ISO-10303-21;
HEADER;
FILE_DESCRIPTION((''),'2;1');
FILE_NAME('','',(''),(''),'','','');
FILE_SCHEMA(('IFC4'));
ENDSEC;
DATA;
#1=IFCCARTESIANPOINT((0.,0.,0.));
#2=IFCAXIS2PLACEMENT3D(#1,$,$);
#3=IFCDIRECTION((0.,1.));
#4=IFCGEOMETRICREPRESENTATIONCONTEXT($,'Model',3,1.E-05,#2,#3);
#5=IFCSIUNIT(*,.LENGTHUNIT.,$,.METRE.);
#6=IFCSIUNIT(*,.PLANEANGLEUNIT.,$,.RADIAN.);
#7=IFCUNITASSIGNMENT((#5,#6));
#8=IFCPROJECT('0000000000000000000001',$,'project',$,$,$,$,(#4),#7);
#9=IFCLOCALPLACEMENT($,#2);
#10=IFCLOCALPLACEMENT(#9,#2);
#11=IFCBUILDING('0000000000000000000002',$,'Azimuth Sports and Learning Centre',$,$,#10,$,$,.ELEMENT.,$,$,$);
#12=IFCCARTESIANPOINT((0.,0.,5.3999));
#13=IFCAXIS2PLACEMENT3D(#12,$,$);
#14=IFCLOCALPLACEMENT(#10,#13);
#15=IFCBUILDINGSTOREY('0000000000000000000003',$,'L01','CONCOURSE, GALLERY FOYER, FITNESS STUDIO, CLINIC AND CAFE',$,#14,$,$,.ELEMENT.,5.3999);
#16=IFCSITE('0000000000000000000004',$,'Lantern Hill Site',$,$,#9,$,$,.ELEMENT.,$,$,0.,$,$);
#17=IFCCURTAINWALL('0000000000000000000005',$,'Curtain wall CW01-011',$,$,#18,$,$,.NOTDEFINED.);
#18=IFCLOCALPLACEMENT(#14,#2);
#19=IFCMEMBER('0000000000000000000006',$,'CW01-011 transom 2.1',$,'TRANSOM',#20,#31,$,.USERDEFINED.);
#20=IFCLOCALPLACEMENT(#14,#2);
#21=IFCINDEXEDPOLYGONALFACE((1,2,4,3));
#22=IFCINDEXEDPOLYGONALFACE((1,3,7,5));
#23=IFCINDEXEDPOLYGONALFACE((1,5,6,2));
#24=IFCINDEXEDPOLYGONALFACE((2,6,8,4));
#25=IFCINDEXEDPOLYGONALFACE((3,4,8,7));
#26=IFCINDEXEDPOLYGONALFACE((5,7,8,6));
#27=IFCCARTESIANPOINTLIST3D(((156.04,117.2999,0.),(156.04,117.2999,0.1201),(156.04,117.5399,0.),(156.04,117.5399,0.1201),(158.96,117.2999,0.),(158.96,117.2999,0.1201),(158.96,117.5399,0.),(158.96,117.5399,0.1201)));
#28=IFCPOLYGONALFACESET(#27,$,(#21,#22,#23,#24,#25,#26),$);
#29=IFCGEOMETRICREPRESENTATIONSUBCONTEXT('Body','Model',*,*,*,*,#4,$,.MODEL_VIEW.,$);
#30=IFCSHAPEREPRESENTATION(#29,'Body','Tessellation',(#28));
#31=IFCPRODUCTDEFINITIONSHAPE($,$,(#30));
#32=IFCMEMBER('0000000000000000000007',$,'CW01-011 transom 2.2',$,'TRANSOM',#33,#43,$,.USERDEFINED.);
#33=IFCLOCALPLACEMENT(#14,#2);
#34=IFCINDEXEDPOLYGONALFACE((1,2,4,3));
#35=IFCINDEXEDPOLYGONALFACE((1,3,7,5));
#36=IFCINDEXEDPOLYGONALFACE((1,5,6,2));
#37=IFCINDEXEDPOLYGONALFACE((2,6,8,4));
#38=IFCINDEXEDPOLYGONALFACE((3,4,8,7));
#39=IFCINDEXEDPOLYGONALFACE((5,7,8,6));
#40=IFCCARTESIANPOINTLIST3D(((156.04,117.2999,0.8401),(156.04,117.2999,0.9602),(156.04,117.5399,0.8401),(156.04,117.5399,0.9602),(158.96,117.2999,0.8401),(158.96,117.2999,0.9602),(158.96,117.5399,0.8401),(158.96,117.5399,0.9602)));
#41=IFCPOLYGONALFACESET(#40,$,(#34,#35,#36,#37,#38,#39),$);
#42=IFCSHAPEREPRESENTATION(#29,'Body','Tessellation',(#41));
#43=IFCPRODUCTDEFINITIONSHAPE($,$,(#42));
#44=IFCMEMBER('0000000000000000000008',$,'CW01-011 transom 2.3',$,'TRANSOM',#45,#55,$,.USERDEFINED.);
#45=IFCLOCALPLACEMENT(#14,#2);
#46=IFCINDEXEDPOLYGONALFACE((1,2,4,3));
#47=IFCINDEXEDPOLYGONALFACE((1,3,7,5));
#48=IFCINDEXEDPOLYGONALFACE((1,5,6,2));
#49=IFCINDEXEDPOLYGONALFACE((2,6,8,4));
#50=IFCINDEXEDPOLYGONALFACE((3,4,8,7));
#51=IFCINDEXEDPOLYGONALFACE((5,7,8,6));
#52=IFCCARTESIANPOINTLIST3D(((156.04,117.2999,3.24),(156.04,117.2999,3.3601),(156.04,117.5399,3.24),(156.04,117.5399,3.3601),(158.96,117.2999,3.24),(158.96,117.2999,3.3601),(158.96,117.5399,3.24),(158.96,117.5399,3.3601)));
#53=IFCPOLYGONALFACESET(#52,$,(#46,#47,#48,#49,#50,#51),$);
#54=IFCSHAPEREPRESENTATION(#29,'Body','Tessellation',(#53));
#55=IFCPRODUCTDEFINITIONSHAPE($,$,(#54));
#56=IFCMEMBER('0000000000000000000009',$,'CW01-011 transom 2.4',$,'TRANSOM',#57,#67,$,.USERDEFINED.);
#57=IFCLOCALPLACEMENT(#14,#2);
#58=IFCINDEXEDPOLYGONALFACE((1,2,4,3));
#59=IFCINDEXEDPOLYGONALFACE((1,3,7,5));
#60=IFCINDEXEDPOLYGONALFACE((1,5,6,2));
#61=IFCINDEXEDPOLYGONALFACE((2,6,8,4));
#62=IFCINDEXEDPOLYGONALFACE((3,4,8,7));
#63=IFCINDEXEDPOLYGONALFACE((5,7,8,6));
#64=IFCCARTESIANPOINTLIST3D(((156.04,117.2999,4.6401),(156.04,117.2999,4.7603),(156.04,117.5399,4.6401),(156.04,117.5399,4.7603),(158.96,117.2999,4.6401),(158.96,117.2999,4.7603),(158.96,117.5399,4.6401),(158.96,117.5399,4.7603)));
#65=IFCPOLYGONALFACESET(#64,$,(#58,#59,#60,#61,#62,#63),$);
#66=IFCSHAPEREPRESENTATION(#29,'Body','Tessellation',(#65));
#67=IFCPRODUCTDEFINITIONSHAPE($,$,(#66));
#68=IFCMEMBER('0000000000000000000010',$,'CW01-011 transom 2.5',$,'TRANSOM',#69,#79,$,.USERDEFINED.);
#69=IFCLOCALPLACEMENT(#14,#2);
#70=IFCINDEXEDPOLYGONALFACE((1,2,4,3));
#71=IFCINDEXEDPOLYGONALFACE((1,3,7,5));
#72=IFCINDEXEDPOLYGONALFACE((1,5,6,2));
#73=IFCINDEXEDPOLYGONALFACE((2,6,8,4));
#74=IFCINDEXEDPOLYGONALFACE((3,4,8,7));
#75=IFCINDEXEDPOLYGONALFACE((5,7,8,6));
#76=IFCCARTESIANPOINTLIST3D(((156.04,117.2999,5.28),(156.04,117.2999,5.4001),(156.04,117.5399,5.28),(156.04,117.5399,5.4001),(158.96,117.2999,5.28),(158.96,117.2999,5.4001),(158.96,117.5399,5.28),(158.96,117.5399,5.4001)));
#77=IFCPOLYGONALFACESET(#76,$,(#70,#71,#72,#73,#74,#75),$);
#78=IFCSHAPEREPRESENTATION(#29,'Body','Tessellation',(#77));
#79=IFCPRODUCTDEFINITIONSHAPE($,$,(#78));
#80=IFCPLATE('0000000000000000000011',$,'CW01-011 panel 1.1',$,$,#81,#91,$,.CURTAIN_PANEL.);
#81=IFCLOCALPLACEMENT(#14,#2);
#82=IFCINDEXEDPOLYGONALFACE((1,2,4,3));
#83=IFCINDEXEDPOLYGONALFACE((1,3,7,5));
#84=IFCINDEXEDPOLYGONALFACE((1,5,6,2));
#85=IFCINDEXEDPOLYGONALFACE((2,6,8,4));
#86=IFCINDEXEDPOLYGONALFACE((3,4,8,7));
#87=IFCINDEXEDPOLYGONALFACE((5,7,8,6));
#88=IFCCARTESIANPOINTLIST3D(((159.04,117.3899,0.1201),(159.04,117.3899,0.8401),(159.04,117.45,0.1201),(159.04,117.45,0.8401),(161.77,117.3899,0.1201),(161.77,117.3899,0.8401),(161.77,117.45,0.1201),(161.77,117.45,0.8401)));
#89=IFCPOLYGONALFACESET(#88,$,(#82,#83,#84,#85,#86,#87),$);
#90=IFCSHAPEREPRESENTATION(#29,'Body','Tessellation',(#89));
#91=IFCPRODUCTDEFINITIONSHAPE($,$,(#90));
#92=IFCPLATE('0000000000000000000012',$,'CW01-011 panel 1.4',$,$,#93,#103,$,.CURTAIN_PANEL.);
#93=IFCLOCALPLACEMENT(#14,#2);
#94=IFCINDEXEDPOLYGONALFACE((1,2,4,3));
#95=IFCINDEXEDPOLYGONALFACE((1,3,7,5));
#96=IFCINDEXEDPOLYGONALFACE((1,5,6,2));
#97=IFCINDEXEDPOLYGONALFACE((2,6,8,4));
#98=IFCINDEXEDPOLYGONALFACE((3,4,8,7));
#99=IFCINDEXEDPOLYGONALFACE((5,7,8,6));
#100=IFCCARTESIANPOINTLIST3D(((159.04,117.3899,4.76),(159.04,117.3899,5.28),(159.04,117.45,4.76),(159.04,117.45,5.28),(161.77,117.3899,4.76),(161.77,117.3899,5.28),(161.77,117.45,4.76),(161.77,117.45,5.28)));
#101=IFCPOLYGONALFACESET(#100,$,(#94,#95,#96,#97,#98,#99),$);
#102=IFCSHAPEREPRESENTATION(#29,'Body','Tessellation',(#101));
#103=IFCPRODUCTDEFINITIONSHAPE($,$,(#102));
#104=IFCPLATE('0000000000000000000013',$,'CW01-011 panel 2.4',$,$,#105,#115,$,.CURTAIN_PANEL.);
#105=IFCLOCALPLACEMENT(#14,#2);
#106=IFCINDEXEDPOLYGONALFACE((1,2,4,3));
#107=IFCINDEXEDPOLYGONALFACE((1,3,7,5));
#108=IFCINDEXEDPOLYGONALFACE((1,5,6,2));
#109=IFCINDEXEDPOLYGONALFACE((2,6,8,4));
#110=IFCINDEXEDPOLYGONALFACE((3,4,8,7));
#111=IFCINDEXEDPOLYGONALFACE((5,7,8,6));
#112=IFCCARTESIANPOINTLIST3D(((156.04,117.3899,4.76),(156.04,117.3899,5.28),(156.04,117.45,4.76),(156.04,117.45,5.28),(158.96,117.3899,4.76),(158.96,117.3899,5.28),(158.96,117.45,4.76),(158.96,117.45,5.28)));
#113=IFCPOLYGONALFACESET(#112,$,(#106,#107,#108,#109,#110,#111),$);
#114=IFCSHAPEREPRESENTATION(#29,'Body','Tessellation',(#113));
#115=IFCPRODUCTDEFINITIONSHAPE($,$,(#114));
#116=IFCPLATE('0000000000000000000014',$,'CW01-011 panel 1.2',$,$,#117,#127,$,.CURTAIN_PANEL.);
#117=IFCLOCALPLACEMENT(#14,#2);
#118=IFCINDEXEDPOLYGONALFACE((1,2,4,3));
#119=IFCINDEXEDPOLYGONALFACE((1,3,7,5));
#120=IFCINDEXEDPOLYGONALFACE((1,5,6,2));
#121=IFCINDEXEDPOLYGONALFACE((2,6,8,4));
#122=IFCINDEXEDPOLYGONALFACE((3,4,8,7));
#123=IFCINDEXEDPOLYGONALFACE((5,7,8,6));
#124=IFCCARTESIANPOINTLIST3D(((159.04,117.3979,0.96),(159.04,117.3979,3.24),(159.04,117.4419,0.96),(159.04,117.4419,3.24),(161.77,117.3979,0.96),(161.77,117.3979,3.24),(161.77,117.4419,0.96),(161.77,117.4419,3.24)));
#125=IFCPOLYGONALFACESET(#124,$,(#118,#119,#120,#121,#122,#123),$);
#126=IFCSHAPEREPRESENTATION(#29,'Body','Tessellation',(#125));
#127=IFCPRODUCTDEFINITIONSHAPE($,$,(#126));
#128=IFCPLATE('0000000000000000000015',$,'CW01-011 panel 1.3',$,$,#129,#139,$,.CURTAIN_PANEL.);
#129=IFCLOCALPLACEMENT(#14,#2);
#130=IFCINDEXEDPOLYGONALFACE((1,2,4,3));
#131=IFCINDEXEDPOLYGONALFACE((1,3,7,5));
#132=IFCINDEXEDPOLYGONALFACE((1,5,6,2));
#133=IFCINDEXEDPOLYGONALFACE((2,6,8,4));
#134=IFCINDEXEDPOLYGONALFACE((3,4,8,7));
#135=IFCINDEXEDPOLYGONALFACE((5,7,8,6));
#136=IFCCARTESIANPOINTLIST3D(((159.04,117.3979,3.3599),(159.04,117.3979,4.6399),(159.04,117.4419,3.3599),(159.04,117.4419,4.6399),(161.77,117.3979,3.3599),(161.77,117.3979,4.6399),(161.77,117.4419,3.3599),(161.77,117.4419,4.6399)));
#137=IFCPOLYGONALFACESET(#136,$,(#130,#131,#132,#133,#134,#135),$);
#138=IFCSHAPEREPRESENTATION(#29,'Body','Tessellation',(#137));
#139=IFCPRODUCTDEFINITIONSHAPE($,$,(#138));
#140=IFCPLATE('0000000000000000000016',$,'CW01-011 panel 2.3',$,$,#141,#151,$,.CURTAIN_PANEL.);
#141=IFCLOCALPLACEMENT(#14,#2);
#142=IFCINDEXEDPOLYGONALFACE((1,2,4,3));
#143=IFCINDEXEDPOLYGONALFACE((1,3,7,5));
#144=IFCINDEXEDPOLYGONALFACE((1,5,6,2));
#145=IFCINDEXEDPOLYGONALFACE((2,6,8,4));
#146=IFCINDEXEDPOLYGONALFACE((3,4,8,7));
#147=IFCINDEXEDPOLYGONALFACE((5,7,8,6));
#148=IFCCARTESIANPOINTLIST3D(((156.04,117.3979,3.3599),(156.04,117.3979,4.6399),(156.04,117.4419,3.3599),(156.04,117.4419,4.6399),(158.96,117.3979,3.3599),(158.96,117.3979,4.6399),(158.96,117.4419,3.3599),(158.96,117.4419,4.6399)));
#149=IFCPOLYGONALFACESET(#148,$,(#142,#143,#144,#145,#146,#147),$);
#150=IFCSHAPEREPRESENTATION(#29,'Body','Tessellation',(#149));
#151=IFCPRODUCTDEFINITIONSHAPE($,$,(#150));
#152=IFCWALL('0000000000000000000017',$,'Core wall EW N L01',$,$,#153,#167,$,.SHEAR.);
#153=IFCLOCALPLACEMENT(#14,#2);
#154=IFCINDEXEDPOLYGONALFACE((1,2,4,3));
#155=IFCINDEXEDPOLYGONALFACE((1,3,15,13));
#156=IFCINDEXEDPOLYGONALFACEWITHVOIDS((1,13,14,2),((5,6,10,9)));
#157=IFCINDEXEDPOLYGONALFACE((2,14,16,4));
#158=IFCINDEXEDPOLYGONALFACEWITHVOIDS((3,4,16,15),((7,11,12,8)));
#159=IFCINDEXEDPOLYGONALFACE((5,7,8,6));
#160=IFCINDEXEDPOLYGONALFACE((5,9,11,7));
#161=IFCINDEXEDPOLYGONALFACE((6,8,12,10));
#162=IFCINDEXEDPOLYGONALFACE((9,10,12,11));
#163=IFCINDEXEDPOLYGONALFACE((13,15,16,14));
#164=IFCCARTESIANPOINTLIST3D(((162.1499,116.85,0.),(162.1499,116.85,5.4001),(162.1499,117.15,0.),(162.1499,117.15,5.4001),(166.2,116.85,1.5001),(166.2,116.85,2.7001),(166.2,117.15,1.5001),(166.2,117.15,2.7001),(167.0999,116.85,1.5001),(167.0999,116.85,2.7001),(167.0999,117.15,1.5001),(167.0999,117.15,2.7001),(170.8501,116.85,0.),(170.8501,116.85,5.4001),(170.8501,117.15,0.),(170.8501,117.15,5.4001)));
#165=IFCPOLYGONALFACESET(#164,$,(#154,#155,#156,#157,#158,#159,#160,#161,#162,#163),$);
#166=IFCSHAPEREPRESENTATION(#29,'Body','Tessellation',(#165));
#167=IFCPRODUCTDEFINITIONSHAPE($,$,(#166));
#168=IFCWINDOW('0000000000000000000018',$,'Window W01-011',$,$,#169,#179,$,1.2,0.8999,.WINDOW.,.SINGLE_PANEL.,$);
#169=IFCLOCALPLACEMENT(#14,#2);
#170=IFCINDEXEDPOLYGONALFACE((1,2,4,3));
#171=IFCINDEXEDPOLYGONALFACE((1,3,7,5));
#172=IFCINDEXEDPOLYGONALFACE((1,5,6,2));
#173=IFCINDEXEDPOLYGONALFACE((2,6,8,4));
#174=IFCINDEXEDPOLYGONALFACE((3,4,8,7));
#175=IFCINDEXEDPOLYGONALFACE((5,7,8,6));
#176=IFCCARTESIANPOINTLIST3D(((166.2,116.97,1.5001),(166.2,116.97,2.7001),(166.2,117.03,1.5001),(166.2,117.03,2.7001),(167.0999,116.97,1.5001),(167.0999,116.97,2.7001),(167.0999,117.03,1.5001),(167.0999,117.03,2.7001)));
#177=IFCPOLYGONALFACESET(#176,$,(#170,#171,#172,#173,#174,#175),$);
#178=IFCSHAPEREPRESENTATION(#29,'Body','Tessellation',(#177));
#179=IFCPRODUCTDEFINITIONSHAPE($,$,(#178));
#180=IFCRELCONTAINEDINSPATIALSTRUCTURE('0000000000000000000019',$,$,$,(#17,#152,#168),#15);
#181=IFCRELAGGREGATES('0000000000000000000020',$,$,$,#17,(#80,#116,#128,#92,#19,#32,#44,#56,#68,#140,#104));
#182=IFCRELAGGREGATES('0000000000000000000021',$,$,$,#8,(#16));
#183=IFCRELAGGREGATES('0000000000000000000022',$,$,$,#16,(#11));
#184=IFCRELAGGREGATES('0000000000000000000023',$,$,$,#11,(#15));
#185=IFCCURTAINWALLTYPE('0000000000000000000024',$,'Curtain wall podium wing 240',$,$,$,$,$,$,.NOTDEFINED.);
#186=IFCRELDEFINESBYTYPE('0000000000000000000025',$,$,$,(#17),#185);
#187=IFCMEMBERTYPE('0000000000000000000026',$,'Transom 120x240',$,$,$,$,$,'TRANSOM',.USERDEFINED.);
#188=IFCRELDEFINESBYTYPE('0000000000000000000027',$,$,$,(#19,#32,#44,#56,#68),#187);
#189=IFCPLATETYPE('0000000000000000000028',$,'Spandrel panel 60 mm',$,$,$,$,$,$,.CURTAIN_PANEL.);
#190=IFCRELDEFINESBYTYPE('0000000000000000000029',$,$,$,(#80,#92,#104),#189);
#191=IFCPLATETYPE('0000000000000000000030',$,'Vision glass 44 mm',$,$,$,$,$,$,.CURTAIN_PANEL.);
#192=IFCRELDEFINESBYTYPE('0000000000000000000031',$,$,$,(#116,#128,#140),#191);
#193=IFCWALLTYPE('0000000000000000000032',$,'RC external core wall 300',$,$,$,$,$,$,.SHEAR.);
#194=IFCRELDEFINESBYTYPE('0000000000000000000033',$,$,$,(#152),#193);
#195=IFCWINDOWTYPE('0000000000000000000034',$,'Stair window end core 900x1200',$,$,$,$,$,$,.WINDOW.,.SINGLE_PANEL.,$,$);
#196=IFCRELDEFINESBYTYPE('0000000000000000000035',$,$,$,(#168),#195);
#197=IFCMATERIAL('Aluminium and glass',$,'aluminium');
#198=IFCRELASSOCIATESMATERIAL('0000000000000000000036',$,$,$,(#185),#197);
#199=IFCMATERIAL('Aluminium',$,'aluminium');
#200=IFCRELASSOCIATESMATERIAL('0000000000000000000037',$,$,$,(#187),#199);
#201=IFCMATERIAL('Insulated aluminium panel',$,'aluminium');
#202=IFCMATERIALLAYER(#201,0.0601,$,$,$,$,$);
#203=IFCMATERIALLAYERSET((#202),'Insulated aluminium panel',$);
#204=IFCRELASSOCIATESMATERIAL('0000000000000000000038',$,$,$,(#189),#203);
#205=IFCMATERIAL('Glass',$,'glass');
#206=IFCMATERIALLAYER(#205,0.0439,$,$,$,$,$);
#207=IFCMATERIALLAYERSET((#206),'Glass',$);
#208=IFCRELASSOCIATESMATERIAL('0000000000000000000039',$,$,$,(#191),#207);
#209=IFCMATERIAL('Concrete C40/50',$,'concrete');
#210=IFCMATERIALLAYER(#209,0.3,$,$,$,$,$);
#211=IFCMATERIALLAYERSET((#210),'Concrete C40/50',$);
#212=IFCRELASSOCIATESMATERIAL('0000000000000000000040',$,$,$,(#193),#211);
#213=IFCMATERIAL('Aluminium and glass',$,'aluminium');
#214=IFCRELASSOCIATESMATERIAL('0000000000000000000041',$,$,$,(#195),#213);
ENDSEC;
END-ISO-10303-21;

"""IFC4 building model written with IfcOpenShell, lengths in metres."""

from ifc_helpers import new_model, si_unit, direction, frame, frame_2d, origin, origin_2d, place, context, subcontext, project, spatial, rectangle, extrude, material, layer, layer_set, material_profile, profile_set, type_object, element, fill, aggregate, save


model = new_model("IFC4")

# Units and contexts
model_context = context("Model", 3, precision=1e-05, world=origin(), true_north=direction((0.0, 1.0)))
body_context = subcontext(model_context, "Body", "Model", "MODEL_VIEW")
ifc_project = project(units=[si_unit("LENGTHUNIT", "METRE"), si_unit("PLANEANGLEUNIT", "RADIAN")], contexts=[model_context])

# Site, building, storey
site_placement = place(None, origin())
site = spatial("IfcSite", under=ifc_project, at=site_placement, Name="Lantern Hill Site", CompositionType="ELEMENT", RefElevation=0.0)
building_placement = place(site_placement, origin())
building = spatial("IfcBuilding", under=site, at=building_placement, Name="Azimuth Sports and Learning Centre", CompositionType="ELEMENT")
storey_placement = place(building_placement, frame((0.0, 0.0, 5.3999)))
storey = spatial("IfcBuildingStorey", under=building, at=storey_placement, Name="L01", Description="CONCOURSE, GALLERY FOYER, FITNESS STUDIO, CLINIC AND CAFE", CompositionType="ELEMENT", Elevation=5.3999)

# Curtain wall, members, plates
ifc_material_1 = material(Name="Aluminium and glass", Category="aluminium")
curtain_wall_type = type_object("IfcCurtainWallType", Name="Curtain wall podium wing 240", PredefinedType="NOTDEFINED", material=ifc_material_1)
curtain_wall_placement = place(storey_placement, origin())
curtain_wall = element("IfcCurtainWall", 1, at=curtain_wall_placement, inside=storey, type_object=curtain_wall_type, Name="Curtain wall CW01-011", PredefinedType="NOTDEFINED")
ifc_material_2 = material(Name="Aluminium", Category="aluminium")
ifc_material_profile_1 = material_profile(ifc_material_2, rectangle(XDim=0.24, YDim=0.1201, at=origin_2d()), Name="Transom 120x240")
ifc_profile_set_1 = profile_set([ifc_material_profile_1], Name="Aluminium")
member_type_1 = type_object("IfcMemberType", Name="Transom 120x240", ElementType="TRANSOM", PredefinedType="USERDEFINED", material=ifc_profile_set_1)
member_1_placement = place(storey_placement, frame((158.96, 117.4199, 0.0601), z_axis=(-1.0, 0.0, 0.0), x_axis=(0.0, -1.0, 0.0)))
member_1 = element("IfcMember", 2, at=member_1_placement, type_object=member_type_1, Name="CW01-011 transom 2.1", ObjectType="TRANSOM", PredefinedType="USERDEFINED", context=body_context, shape_type="SweptSolid", body=[
    extrude(rectangle(XDim=0.24, YDim=0.1201, at=origin_2d()), origin(), (0.0, 0.0, 1.0), 2.9199),
])
member_2_placement = place(storey_placement, frame((158.96, 117.4199, 0.9001), z_axis=(-1.0, 0.0, 0.0), x_axis=(0.0, -1.0, 0.0)))
member_2 = element("IfcMember", 3, at=member_2_placement, type_object=member_type_1, Name="CW01-011 transom 2.2", ObjectType="TRANSOM", PredefinedType="USERDEFINED", context=body_context, shape_type="SweptSolid", body=[
    extrude(rectangle(XDim=0.24, YDim=0.1201, at=origin_2d()), origin(), (0.0, 0.0, 1.0), 2.9199),
])
member_3_placement = place(storey_placement, frame((158.96, 117.4199, 3.3), z_axis=(-1.0, 0.0, 0.0), x_axis=(0.0, -1.0, 0.0)))
member_3 = element("IfcMember", 4, at=member_3_placement, type_object=member_type_1, Name="CW01-011 transom 2.3", ObjectType="TRANSOM", PredefinedType="USERDEFINED", context=body_context, shape_type="SweptSolid", body=[
    extrude(rectangle(XDim=0.24, YDim=0.1201, at=origin_2d()), origin(), (0.0, 0.0, 1.0), 2.9199),
])
member_4_placement = place(storey_placement, frame((158.96, 117.4199, 4.7002), z_axis=(-1.0, 0.0, 0.0), x_axis=(0.0, -1.0, 0.0)))
member_4 = element("IfcMember", 5, at=member_4_placement, type_object=member_type_1, Name="CW01-011 transom 2.4", ObjectType="TRANSOM", PredefinedType="USERDEFINED", context=body_context, shape_type="SweptSolid", body=[
    extrude(rectangle(XDim=0.24, YDim=0.1201, at=origin_2d()), origin(), (0.0, 0.0, 1.0), 2.9199),
])
member_5_placement = place(storey_placement, frame((158.96, 117.4199, 5.3401), z_axis=(-1.0, 0.0, 0.0), x_axis=(0.0, -1.0, 0.0)))
member_5 = element("IfcMember", 6, at=member_5_placement, type_object=member_type_1, Name="CW01-011 transom 2.5", ObjectType="TRANSOM", PredefinedType="USERDEFINED", context=body_context, shape_type="SweptSolid", body=[
    extrude(rectangle(XDim=0.24, YDim=0.1201, at=origin_2d()), origin(), (0.0, 0.0, 1.0), 2.9199),
])
ifc_material_3 = material(Name="Insulated aluminium panel", Category="aluminium")
ifc_layer_1 = layer(ifc_material_3, 0.0601)
ifc_layer_set_1 = layer_set([ifc_layer_1], Name="Insulated aluminium panel")
plate_type_1 = type_object("IfcPlateType", Name="Spandrel panel 60 mm", PredefinedType="CURTAIN_PANEL", material=ifc_layer_set_1)
plate_1_placement = place(storey_placement, frame((160.405, 117.4199, 0.1201), z_axis=(0.0, 0.0, 1.0), x_axis=(-1.0, 0.0, 0.0)))
plate_1 = element("IfcPlate", 7, at=plate_1_placement, type_object=plate_type_1, Name="CW01-011 panel 1.1", PredefinedType="CURTAIN_PANEL", context=body_context, shape_type="SweptSolid", body=[
    extrude(rectangle(XDim=2.73, YDim=0.0601, at=origin_2d()), origin(), (0.0, 0.0, 1.0), 0.72),
])
plate_2_placement = place(storey_placement, frame((160.405, 117.4199, 4.76), z_axis=(0.0, 0.0, 1.0), x_axis=(-1.0, 0.0, 0.0)))
plate_2 = element("IfcPlate", 8, at=plate_2_placement, type_object=plate_type_1, Name="CW01-011 panel 1.4", PredefinedType="CURTAIN_PANEL", context=body_context, shape_type="SweptSolid", body=[
    extrude(rectangle(XDim=2.73, YDim=0.0601, at=origin_2d()), origin(), (0.0, 0.0, 1.0), 0.52),
])
plate_3_placement = place(storey_placement, frame((157.5, 117.4199, 4.76), z_axis=(0.0, 0.0, 1.0), x_axis=(-1.0, 0.0, 0.0)))
plate_3 = element("IfcPlate", 9, at=plate_3_placement, type_object=plate_type_1, Name="CW01-011 panel 2.4", PredefinedType="CURTAIN_PANEL", context=body_context, shape_type="SweptSolid", body=[
    extrude(rectangle(XDim=2.9199, YDim=0.0601, at=origin_2d()), origin(), (0.0, 0.0, 1.0), 0.52),
])
ifc_material_4 = material(Name="Glass", Category="glass")
ifc_layer_2 = layer(ifc_material_4, 0.0439)
ifc_layer_set_2 = layer_set([ifc_layer_2], Name="Glass")
plate_type_2 = type_object("IfcPlateType", Name="Vision glass 44 mm", PredefinedType="CURTAIN_PANEL", material=ifc_layer_set_2)
plate_4_placement = place(storey_placement, frame((160.405, 117.4199, 0.96), z_axis=(0.0, 0.0, 1.0), x_axis=(-1.0, 0.0, 0.0)))
plate_4 = element("IfcPlate", 10, at=plate_4_placement, type_object=plate_type_2, Name="CW01-011 panel 1.2", PredefinedType="CURTAIN_PANEL", context=body_context, shape_type="SweptSolid", body=[
    extrude(rectangle(XDim=2.73, YDim=0.0439, at=origin_2d()), origin(), (0.0, 0.0, 1.0), 2.28),
])
plate_5_placement = place(storey_placement, frame((160.405, 117.4199, 3.3599), z_axis=(0.0, 0.0, 1.0), x_axis=(-1.0, 0.0, 0.0)))
plate_5 = element("IfcPlate", 11, at=plate_5_placement, type_object=plate_type_2, Name="CW01-011 panel 1.3", PredefinedType="CURTAIN_PANEL", context=body_context, shape_type="SweptSolid", body=[
    extrude(rectangle(XDim=2.73, YDim=0.0439, at=origin_2d()), origin(), (0.0, 0.0, 1.0), 1.28),
])
plate_6_placement = place(storey_placement, frame((157.5, 117.4199, 3.3599), z_axis=(0.0, 0.0, 1.0), x_axis=(-1.0, 0.0, 0.0)))
plate_6 = element("IfcPlate", 12, at=plate_6_placement, type_object=plate_type_2, Name="CW01-011 panel 2.3", PredefinedType="CURTAIN_PANEL", context=body_context, shape_type="SweptSolid", body=[
    extrude(rectangle(XDim=2.9199, YDim=0.0439, at=origin_2d()), origin(), (0.0, 0.0, 1.0), 1.28),
])
aggregate(curtain_wall, [plate_1, plate_4, plate_5, plate_2, member_1, member_2, member_3, member_4, member_5, plate_6, plate_3])

# Wall, opening, window
ifc_material_5 = material(Name="Concrete C40/50", Category="concrete")
ifc_layer_3 = layer(ifc_material_5, 0.3)
ifc_layer_set_3 = layer_set([ifc_layer_3], Name="Concrete C40/50")
wall_type = type_object("IfcWallType", Name="RC external core wall 300", PredefinedType="SHEAR", material=ifc_layer_set_3)
wall_placement = place(storey_placement, frame((162.1499, 117.0, 0.0), z_axis=(0.0, 0.0, 1.0), x_axis=(1.0, 0.0, 0.0)))
wall = element("IfcWall", 13, at=wall_placement, inside=storey, type_object=wall_type, Name="Core wall EW N L01", PredefinedType="SHEAR", context=body_context, shape_type="SweptSolid", body=[
    extrude(rectangle(XDim=8.7002, YDim=0.3, at=frame_2d((4.3501, 0.0))), origin(), (0.0, 0.0, 1.0), 5.4001),
])
opening_placement = place(wall_placement, frame((4.05, 0.0, 1.5)))
opening = element("IfcOpeningElement", 14, at=opening_placement, cuts=wall, PredefinedType="OPENING", context=body_context, shape_type="SweptSolid", body=[
    extrude(rectangle(XDim=0.8999, YDim=1.2, at=frame_2d((0.45, 0.6001))), frame((0.0, 0.1611, 0.0), z_axis=(0.0, -1.0, 0.0), x_axis=(1.0, 0.0, 0.0)), (0.0, 0.0, 1.0), 0.322),
])
ifc_material_6 = material(Name="Aluminium and glass", Category="aluminium")
window_type = type_object("IfcWindowType", Name="Stair window end core 900x1200", PartitioningType="SINGLE_PANEL", PredefinedType="WINDOW", material=ifc_material_6)
window_placement = place(opening_placement, origin())
window = element("IfcWindow", 15, at=window_placement, inside=storey, type_object=window_type, Name="Window W01-011", OverallHeight=1.2, OverallWidth=0.8999, PartitioningType="SINGLE_PANEL", PredefinedType="WINDOW", context=body_context, shape_type="SweptSolid", body=[
    extrude(rectangle(XDim=0.8999, YDim=1.2, at=frame_2d((0.45, 0.6001))), frame((0.0, 0.03, 0.0), z_axis=(0.0, -1.0, 0.0), x_axis=(1.0, 0.0, 0.0)), (0.0, 0.0, 1.0), 0.0601),
])
fill(opening, window)

save(model, "model.ifc")
